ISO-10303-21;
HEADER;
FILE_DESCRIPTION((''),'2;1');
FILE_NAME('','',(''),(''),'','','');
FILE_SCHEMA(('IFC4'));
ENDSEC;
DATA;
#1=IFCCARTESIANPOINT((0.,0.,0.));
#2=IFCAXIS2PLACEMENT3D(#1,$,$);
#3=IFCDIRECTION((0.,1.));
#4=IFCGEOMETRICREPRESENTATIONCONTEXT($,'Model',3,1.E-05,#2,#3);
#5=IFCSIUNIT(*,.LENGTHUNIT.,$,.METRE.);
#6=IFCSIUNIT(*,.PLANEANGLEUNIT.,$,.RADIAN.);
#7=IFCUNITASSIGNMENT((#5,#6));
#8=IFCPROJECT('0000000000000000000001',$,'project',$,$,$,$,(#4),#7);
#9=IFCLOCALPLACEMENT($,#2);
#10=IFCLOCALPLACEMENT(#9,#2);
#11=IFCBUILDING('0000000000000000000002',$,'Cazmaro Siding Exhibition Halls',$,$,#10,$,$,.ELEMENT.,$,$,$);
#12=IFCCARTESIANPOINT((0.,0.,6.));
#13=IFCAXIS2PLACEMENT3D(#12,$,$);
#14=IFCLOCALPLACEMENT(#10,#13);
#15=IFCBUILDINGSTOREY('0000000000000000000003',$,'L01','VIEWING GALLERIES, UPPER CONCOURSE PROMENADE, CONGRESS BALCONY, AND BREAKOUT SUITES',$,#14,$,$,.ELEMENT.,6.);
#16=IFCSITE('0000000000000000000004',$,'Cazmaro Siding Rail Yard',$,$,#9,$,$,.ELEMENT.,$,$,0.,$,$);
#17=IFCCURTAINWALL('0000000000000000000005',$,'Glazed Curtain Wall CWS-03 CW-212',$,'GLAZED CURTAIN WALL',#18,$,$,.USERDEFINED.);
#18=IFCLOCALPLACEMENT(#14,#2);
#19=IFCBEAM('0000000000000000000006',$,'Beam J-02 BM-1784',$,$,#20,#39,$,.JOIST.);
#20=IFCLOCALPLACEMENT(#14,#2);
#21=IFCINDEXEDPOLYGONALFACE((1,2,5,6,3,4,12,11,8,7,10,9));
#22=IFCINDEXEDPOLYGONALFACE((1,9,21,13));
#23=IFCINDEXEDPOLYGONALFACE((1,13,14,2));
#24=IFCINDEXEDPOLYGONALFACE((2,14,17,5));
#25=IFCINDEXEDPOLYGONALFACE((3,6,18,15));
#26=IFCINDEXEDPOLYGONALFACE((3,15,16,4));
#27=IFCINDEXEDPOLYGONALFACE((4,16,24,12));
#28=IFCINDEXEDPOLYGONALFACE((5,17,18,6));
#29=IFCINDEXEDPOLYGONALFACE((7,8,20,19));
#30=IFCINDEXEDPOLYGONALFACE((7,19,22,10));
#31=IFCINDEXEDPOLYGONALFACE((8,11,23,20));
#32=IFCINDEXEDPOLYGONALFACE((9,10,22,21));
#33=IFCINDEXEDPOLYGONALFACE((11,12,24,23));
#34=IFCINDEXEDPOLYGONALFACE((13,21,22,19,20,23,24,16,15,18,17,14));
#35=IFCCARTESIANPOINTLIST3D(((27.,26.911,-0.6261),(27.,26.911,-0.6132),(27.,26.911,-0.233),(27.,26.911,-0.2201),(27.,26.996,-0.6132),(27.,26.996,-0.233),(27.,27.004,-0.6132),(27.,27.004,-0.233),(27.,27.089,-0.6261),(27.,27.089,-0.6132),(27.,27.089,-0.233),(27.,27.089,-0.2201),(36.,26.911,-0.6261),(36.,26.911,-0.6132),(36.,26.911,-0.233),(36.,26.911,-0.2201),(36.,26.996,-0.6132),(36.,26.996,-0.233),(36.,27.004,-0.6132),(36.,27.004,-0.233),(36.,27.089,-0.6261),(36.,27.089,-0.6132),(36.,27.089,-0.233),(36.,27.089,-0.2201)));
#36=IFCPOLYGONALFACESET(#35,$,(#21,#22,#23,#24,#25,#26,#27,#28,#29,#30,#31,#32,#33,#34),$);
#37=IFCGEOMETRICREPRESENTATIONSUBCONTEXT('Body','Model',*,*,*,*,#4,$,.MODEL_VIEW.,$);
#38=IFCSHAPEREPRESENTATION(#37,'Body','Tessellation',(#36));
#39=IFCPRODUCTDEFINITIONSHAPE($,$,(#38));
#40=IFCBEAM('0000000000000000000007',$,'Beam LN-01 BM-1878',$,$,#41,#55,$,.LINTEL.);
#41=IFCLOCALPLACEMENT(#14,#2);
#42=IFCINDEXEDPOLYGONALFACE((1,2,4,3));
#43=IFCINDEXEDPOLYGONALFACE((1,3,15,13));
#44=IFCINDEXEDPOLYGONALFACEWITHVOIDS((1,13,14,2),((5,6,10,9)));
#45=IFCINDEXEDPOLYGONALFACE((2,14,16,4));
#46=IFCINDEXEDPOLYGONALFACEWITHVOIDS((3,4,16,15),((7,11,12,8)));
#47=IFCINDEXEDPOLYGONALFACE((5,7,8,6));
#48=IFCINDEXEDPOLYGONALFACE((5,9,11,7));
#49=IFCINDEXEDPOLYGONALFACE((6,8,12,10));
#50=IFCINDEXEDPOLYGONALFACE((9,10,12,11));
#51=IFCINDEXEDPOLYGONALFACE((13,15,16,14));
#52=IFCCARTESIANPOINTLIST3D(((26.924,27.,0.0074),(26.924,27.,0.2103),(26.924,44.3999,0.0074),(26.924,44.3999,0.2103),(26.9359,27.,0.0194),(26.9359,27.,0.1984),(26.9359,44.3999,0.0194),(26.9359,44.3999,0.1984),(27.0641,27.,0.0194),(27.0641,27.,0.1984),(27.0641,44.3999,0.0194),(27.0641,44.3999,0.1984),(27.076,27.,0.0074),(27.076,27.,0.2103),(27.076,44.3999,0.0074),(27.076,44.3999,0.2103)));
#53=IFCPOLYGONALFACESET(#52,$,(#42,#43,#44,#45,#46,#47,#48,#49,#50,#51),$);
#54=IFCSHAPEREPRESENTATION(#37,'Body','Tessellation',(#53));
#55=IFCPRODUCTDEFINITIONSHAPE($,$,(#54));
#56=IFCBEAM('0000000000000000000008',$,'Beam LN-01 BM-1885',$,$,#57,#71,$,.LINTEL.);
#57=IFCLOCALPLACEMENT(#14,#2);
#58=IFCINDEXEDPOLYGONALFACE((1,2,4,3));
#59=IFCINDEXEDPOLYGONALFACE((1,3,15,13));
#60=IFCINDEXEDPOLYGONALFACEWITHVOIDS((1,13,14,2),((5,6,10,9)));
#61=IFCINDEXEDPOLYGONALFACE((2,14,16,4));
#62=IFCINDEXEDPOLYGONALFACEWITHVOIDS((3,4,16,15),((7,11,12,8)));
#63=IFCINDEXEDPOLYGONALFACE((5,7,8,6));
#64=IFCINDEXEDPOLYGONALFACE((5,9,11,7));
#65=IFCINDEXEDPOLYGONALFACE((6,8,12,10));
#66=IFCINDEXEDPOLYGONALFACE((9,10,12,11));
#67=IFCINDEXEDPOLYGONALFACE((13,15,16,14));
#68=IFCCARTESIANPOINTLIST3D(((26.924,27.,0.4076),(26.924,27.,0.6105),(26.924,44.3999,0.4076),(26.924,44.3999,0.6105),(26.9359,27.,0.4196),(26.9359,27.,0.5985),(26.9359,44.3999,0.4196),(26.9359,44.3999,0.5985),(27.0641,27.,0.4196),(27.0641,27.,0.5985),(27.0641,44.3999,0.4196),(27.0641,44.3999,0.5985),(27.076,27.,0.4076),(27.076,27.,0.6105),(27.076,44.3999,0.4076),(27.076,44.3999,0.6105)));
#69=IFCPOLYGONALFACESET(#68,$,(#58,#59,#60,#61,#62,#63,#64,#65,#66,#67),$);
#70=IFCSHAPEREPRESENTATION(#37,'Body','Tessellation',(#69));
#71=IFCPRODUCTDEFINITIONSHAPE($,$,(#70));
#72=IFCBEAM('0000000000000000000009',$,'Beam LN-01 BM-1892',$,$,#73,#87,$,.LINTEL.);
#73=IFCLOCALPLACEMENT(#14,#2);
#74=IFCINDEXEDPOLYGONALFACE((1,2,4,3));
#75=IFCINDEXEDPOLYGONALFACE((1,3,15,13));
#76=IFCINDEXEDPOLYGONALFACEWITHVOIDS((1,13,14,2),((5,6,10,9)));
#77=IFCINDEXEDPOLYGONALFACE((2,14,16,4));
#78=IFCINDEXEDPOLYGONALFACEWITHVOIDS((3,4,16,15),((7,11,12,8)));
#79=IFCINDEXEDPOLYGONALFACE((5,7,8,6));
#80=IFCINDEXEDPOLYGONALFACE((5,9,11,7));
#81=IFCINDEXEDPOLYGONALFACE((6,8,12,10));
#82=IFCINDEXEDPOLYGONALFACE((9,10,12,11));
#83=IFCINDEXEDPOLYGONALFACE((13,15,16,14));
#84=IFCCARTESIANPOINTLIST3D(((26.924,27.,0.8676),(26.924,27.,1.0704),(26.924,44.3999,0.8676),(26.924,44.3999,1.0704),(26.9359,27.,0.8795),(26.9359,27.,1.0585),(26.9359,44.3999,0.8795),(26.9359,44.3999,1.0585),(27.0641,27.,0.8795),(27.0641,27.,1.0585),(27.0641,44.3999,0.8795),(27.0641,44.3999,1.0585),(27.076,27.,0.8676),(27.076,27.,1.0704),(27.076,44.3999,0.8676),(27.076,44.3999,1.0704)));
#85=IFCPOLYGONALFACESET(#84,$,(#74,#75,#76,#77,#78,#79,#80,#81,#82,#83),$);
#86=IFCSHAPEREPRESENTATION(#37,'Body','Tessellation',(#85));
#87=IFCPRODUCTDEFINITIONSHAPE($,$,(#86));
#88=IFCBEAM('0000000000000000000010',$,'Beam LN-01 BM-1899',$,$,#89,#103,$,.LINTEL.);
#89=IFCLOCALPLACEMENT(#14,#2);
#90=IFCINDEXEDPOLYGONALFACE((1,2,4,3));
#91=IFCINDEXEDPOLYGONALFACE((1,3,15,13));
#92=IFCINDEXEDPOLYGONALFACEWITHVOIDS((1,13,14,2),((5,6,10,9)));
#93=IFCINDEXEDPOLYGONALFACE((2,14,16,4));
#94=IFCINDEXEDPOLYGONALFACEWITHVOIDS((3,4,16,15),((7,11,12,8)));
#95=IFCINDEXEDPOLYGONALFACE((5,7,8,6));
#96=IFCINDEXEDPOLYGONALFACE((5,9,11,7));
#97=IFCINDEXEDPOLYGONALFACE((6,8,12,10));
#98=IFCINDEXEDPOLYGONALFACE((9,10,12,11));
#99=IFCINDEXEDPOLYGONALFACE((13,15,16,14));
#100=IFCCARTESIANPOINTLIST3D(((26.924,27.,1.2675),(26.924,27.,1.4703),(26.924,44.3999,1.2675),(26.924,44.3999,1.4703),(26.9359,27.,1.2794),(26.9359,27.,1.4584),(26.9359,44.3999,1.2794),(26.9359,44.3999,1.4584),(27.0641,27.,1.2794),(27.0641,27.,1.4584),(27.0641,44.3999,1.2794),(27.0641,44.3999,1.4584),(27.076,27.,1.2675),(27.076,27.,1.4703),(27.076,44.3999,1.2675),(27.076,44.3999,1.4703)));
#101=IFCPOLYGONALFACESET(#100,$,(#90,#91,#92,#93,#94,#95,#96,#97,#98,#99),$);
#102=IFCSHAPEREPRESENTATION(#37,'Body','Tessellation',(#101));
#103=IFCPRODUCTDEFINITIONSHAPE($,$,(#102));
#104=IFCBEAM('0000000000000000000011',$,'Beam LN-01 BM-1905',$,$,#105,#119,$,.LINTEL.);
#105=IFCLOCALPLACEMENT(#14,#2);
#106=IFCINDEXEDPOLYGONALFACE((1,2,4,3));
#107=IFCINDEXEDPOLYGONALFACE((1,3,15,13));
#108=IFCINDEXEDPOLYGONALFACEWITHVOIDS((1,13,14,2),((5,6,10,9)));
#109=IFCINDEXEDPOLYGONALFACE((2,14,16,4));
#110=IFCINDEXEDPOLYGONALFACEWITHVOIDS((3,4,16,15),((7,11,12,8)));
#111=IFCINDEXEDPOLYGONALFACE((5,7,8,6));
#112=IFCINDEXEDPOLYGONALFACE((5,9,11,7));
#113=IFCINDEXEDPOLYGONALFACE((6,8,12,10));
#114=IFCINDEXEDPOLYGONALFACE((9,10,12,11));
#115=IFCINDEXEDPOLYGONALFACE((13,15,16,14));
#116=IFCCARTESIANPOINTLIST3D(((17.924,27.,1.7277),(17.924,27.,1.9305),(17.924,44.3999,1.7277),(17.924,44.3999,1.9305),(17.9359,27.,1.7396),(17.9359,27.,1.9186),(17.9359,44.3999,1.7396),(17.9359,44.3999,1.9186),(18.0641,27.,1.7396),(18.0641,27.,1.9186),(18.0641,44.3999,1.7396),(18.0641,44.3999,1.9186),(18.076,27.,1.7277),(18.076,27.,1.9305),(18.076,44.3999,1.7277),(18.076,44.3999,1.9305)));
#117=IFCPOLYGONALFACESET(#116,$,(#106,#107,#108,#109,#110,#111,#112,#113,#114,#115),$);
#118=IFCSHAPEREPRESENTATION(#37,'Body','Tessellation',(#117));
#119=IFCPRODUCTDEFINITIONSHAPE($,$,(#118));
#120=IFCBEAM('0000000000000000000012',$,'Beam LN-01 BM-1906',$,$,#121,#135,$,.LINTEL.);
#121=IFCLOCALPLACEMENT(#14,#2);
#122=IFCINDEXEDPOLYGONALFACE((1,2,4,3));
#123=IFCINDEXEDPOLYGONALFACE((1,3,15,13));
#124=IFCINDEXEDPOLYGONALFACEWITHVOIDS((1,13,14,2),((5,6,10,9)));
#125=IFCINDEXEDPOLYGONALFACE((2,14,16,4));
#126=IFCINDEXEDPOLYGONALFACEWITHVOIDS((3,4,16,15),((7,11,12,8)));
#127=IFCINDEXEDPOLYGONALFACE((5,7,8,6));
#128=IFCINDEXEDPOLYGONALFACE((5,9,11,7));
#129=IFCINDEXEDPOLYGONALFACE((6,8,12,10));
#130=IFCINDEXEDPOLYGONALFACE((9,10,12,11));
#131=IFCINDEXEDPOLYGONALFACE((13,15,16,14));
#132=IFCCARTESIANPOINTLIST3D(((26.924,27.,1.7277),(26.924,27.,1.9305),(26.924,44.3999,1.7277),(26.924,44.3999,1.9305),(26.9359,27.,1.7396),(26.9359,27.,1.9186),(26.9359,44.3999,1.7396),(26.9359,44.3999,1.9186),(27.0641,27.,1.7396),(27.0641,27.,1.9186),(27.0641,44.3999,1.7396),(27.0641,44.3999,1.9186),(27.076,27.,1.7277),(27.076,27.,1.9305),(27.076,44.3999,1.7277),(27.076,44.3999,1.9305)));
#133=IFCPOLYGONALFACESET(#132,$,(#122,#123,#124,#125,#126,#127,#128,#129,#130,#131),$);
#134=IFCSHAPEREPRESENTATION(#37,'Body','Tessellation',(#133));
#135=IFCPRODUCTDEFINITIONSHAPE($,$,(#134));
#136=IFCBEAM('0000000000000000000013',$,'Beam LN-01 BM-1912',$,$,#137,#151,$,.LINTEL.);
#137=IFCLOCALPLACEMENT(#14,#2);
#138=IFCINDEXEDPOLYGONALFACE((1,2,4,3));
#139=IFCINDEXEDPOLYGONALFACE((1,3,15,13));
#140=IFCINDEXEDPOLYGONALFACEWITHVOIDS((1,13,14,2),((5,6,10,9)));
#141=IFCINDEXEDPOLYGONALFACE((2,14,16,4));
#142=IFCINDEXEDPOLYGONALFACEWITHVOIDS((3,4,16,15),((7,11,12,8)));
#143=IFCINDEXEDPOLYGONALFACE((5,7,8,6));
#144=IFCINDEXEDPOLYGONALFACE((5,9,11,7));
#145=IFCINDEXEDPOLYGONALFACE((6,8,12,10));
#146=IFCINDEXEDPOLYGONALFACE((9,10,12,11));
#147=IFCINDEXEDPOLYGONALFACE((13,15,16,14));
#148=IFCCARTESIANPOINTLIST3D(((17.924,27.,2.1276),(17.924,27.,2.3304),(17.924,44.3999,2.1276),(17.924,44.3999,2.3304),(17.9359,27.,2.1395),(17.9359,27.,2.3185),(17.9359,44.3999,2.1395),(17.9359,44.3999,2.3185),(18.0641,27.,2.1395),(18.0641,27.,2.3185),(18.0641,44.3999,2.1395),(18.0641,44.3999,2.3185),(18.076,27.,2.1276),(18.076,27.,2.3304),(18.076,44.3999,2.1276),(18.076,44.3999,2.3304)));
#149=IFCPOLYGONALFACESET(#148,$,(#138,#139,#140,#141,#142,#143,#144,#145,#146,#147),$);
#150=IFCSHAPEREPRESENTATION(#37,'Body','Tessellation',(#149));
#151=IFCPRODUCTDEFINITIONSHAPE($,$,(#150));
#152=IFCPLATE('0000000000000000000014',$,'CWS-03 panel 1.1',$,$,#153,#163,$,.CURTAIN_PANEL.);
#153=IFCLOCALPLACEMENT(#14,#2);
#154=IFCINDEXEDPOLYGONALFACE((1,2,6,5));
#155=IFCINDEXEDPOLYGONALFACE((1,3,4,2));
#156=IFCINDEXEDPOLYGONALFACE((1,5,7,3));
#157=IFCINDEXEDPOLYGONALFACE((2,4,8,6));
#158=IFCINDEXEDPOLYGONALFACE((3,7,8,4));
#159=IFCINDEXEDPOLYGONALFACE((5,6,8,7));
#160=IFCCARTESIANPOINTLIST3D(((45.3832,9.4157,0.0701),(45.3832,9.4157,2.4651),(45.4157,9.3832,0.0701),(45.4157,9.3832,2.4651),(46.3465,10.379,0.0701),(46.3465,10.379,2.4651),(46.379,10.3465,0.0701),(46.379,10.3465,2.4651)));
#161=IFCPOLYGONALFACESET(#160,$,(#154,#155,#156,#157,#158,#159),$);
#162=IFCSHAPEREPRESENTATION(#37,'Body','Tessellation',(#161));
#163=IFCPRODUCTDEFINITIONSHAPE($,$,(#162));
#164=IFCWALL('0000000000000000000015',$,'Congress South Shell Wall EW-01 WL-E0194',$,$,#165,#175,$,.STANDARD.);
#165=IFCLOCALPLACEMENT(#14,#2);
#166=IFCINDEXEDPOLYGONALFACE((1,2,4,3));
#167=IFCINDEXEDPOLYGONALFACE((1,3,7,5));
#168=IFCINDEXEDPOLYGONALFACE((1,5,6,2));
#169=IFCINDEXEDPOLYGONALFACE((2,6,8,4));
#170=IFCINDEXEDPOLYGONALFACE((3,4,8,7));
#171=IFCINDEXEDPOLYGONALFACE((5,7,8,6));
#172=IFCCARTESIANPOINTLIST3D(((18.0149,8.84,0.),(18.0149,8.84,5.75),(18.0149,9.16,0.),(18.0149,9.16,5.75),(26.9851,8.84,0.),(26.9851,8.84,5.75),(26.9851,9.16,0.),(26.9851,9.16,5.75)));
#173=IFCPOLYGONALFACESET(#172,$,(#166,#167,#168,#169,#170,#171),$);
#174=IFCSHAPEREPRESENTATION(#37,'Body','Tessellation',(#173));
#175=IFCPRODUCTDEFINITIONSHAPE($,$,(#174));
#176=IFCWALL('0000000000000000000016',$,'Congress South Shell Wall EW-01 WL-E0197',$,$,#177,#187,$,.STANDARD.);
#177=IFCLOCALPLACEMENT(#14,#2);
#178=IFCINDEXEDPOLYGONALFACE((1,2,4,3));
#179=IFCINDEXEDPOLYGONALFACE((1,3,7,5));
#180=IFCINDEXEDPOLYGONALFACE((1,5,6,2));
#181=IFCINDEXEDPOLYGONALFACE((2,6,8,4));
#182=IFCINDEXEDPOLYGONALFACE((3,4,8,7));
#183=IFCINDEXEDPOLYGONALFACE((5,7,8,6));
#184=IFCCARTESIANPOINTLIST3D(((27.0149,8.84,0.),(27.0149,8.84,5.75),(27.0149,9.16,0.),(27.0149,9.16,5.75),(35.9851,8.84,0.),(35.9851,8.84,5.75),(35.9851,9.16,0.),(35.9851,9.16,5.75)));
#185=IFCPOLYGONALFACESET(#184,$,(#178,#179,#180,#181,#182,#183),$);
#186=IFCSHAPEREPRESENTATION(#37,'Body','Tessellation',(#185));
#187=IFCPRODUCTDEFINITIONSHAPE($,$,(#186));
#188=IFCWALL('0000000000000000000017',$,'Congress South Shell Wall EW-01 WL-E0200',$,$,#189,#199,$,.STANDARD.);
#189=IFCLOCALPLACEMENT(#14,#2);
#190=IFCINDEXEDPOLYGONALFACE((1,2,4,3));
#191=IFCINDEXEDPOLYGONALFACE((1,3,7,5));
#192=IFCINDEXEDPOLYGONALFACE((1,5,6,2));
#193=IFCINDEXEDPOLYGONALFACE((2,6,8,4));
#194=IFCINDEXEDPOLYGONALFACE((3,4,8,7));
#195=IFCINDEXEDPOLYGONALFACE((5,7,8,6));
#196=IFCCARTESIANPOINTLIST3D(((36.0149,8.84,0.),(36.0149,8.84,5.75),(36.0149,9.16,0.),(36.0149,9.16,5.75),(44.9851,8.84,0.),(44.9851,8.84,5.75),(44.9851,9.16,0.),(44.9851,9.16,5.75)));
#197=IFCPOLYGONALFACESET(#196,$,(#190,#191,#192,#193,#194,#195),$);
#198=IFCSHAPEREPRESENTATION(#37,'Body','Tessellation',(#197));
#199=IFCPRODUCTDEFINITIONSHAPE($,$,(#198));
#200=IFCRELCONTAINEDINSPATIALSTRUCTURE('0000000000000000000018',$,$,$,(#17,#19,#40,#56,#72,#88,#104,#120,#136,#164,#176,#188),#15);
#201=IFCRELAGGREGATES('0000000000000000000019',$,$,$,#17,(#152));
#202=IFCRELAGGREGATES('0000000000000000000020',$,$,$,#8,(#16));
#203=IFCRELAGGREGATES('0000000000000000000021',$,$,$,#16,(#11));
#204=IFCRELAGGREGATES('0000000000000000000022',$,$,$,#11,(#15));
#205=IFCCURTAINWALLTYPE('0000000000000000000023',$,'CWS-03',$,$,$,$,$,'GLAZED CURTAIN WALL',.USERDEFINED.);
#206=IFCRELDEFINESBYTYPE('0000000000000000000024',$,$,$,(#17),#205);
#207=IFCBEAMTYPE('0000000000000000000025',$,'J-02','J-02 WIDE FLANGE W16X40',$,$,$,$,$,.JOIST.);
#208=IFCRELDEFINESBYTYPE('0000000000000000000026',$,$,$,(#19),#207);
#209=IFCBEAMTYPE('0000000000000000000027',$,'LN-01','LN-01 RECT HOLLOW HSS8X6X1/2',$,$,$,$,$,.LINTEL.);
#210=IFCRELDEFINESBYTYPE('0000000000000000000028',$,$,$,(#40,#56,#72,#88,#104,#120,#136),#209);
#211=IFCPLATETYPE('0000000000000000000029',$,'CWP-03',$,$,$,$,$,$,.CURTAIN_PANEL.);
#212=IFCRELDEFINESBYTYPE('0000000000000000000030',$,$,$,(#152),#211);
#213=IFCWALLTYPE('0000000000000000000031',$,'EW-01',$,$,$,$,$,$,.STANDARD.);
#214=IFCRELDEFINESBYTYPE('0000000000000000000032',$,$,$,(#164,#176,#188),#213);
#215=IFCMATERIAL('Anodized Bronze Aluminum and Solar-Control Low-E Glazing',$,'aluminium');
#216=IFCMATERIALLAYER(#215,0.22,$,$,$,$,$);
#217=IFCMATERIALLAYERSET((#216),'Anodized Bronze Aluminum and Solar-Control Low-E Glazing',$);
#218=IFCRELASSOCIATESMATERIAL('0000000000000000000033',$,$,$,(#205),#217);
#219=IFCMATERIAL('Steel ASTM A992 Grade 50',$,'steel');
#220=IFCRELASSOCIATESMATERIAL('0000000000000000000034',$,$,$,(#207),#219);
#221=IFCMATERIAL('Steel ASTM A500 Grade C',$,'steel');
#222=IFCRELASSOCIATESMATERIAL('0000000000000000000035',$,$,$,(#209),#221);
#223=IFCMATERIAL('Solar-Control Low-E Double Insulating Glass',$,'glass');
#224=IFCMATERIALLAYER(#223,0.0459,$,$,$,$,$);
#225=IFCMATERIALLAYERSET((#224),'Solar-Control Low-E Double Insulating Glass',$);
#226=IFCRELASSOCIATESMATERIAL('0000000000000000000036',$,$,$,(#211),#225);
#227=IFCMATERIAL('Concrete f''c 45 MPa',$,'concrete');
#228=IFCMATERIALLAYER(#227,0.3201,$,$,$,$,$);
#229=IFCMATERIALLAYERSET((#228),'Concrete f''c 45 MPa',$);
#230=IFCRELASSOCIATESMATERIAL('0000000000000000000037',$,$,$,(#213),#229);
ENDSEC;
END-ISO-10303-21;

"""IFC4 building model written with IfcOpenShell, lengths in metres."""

from ifc_helpers import new_model, si_unit, direction, frame, frame_2d, origin, origin_2d, place, context, subcontext, project, spatial, rectangle, hollow_rectangle, i_section, extrude, material, layer, layer_set, material_profile, profile_set, type_object, element, aggregate, save


model = new_model("IFC4")

# Units and contexts
model_context = context("Model", 3, precision=1e-05, world=origin(), true_north=direction((0.0, 1.0)))
body_context = subcontext(model_context, "Body", "Model", "MODEL_VIEW")
ifc_project = project(units=[si_unit("LENGTHUNIT", "METRE"), si_unit("PLANEANGLEUNIT", "RADIAN")], contexts=[model_context])

# Site, building, storey
site_placement = place(None, origin())
site = spatial("IfcSite", under=ifc_project, at=site_placement, Name="Cazmaro Siding Rail Yard", CompositionType="ELEMENT", RefElevation=0.0)
building_placement = place(site_placement, origin())
building = spatial("IfcBuilding", under=site, at=building_placement, Name="Cazmaro Siding Exhibition Halls", CompositionType="ELEMENT")
storey_placement = place(building_placement, frame((0.0, 0.0, 6.0)))
storey = spatial("IfcBuildingStorey", under=building, at=storey_placement, Name="L01", Description="VIEWING GALLERIES, UPPER CONCOURSE PROMENADE, CONGRESS BALCONY, AND BREAKOUT SUITES", CompositionType="ELEMENT", Elevation=6.0)

# Curtain wall
ifc_material_1 = material(Name="Anodized Bronze Aluminum and Solar-Control Low-E Glazing", Category="aluminium")
ifc_layer_1 = layer(ifc_material_1, 0.22)
ifc_layer_set_1 = layer_set([ifc_layer_1], Name="Anodized Bronze Aluminum and Solar-Control Low-E Glazing")
curtain_wall_type = type_object("IfcCurtainWallType", Name="CWS-03", ElementType="GLAZED CURTAIN WALL", PredefinedType="USERDEFINED", material=ifc_layer_set_1)
curtain_wall_placement = place(storey_placement, origin())
curtain_wall = element("IfcCurtainWall", 1, at=curtain_wall_placement, inside=storey, type_object=curtain_wall_type, Name="Glazed Curtain Wall CWS-03 CW-212", ObjectType="GLAZED CURTAIN WALL", PredefinedType="USERDEFINED")

# Beams
ifc_material_2 = material(Name="Steel ASTM A992 Grade 50", Category="steel")
ifc_material_profile_1 = material_profile(ifc_material_2, i_section(OverallWidth=0.178, OverallDepth=0.406, WebThickness=0.0081, FlangeThickness=0.0129, at=origin_2d()), Name="W16X40")
ifc_profile_set_1 = profile_set([ifc_material_profile_1], Name="Steel ASTM A992 Grade 50")
beam_type_1 = type_object("IfcBeamType", Name="J-02", Description="J-02 WIDE FLANGE W16X40", PredefinedType="JOIST", material=ifc_profile_set_1)
beam_1_placement = place(storey_placement, frame((27.0, 27.0, -0.4231), z_axis=(1.0, 0.0, 0.0), x_axis=(0.0, 1.0, 0.0)))
element("IfcBeam", 2, at=beam_1_placement, inside=storey, type_object=beam_type_1, Name="Beam J-02 BM-1784", PredefinedType="JOIST", context=body_context, shape_type="SweptSolid", body=[
    extrude(i_section(OverallWidth=0.178, OverallDepth=0.406, WebThickness=0.0081, FlangeThickness=0.0129, at=origin_2d()), origin(), (0.0, 0.0, 1.0), 9.0),
])
ifc_material_3 = material(Name="Steel ASTM A500 Grade C", Category="steel")
ifc_material_profile_2 = material_profile(ifc_material_3, hollow_rectangle(XDim=0.1521, YDim=0.2029, WallThickness=0.012, at=origin_2d()), Name="HSS8X6X1/2")
ifc_profile_set_2 = profile_set([ifc_material_profile_2], Name="Steel ASTM A500 Grade C")
beam_type_2 = type_object("IfcBeamType", Name="LN-01", Description="LN-01 RECT HOLLOW HSS8X6X1/2", PredefinedType="LINTEL", material=ifc_profile_set_2)
for number, where, z_axis, x_axis, name in (
    (3, (27.0, 27.0, 0.1089), (0.0, 1.0, 0.0), (-1.0, 0.0, 0.0), "Beam LN-01 BM-1878"),
    (4, (27.0, 27.0, 0.509), (0.0, 1.0, 0.0), (-1.0, 0.0, 0.0), "Beam LN-01 BM-1885"),
    (5, (27.0, 27.0, 0.969), (0.0, 1.0, 0.0), (-1.0, 0.0, 0.0), "Beam LN-01 BM-1892"),
    (6, (27.0, 27.0, 1.3689), (0.0, 1.0, 0.0), (-1.0, 0.0, 0.0), "Beam LN-01 BM-1899"),
    (7, (18.0, 27.0, 1.8291), (0.0, 1.0, 0.0), (-1.0, 0.0, 0.0), "Beam LN-01 BM-1905"),
    (8, (27.0, 27.0, 1.8291), (0.0, 1.0, 0.0), (-1.0, 0.0, 0.0), "Beam LN-01 BM-1906"),
    (9, (18.0, 27.0, 2.229), (0.0, 1.0, 0.0), (-1.0, 0.0, 0.0), "Beam LN-01 BM-1912"),
):
    element("IfcBeam", number, at=place(storey_placement, frame(where, z_axis=z_axis, x_axis=x_axis)), inside=storey, type_object=beam_type_2, Name=name, PredefinedType="LINTEL", context=body_context, shape_type="SweptSolid", body=[
        extrude(hollow_rectangle(XDim=0.1521, YDim=0.2029, WallThickness=0.012, at=origin_2d()), origin(), (0.0, 0.0, 1.0), 17.3999),
    ])

# Plate
ifc_material_4 = material(Name="Solar-Control Low-E Double Insulating Glass", Category="glass")
ifc_layer_2 = layer(ifc_material_4, 0.0459)
ifc_layer_set_2 = layer_set([ifc_layer_2], Name="Solar-Control Low-E Double Insulating Glass")
plate_type = type_object("IfcPlateType", Name="CWP-03", PredefinedType="CURTAIN_PANEL", material=ifc_layer_set_2)
plate_placement = place(storey_placement, frame((45.8811, 9.8811, 0.0701), z_axis=(0.0, 0.0, 1.0), x_axis=(0.707107, 0.707107, 0.0)))
plate = element("IfcPlate", 10, at=plate_placement, type_object=plate_type, Name="CWS-03 panel 1.1", PredefinedType="CURTAIN_PANEL", context=body_context, shape_type="SweptSolid", body=[
    extrude(rectangle(XDim=1.3623, YDim=0.0459, at=origin_2d()), origin(), (0.0, 0.0, 1.0), 2.395),
])
aggregate(curtain_wall, [plate])

# Walls
ifc_material_5 = material(Name="Concrete f'c 45 MPa", Category="concrete")
ifc_layer_3 = layer(ifc_material_5, 0.3201)
ifc_layer_set_3 = layer_set([ifc_layer_3], Name="Concrete f'c 45 MPa")
wall_type = type_object("IfcWallType", Name="EW-01", PredefinedType="STANDARD", material=ifc_layer_set_3)
for number, where, z_axis, x_axis, name in (
    (11, (26.9851, 9.0, 0.0), (0.0, 0.0, 1.0), (-1.0, 0.0, 0.0), "Congress South Shell Wall EW-01 WL-E0194"),
    (12, (35.9851, 9.0, 0.0), (0.0, 0.0, 1.0), (-1.0, 0.0, 0.0), "Congress South Shell Wall EW-01 WL-E0197"),
    (13, (44.9851, 9.0, 0.0), (0.0, 0.0, 1.0), (-1.0, 0.0, 0.0), "Congress South Shell Wall EW-01 WL-E0200"),
):
    element("IfcWall", number, at=place(storey_placement, frame(where, z_axis=z_axis, x_axis=x_axis)), inside=storey, type_object=wall_type, Name=name, PredefinedType="STANDARD", context=body_context, shape_type="SweptSolid", body=[
        extrude(rectangle(XDim=8.9702, YDim=0.3201, at=frame_2d((4.4851, 0.0))), origin(), (0.0, 0.0, 1.0), 5.75),
    ])

save(model, "model.ifc")
